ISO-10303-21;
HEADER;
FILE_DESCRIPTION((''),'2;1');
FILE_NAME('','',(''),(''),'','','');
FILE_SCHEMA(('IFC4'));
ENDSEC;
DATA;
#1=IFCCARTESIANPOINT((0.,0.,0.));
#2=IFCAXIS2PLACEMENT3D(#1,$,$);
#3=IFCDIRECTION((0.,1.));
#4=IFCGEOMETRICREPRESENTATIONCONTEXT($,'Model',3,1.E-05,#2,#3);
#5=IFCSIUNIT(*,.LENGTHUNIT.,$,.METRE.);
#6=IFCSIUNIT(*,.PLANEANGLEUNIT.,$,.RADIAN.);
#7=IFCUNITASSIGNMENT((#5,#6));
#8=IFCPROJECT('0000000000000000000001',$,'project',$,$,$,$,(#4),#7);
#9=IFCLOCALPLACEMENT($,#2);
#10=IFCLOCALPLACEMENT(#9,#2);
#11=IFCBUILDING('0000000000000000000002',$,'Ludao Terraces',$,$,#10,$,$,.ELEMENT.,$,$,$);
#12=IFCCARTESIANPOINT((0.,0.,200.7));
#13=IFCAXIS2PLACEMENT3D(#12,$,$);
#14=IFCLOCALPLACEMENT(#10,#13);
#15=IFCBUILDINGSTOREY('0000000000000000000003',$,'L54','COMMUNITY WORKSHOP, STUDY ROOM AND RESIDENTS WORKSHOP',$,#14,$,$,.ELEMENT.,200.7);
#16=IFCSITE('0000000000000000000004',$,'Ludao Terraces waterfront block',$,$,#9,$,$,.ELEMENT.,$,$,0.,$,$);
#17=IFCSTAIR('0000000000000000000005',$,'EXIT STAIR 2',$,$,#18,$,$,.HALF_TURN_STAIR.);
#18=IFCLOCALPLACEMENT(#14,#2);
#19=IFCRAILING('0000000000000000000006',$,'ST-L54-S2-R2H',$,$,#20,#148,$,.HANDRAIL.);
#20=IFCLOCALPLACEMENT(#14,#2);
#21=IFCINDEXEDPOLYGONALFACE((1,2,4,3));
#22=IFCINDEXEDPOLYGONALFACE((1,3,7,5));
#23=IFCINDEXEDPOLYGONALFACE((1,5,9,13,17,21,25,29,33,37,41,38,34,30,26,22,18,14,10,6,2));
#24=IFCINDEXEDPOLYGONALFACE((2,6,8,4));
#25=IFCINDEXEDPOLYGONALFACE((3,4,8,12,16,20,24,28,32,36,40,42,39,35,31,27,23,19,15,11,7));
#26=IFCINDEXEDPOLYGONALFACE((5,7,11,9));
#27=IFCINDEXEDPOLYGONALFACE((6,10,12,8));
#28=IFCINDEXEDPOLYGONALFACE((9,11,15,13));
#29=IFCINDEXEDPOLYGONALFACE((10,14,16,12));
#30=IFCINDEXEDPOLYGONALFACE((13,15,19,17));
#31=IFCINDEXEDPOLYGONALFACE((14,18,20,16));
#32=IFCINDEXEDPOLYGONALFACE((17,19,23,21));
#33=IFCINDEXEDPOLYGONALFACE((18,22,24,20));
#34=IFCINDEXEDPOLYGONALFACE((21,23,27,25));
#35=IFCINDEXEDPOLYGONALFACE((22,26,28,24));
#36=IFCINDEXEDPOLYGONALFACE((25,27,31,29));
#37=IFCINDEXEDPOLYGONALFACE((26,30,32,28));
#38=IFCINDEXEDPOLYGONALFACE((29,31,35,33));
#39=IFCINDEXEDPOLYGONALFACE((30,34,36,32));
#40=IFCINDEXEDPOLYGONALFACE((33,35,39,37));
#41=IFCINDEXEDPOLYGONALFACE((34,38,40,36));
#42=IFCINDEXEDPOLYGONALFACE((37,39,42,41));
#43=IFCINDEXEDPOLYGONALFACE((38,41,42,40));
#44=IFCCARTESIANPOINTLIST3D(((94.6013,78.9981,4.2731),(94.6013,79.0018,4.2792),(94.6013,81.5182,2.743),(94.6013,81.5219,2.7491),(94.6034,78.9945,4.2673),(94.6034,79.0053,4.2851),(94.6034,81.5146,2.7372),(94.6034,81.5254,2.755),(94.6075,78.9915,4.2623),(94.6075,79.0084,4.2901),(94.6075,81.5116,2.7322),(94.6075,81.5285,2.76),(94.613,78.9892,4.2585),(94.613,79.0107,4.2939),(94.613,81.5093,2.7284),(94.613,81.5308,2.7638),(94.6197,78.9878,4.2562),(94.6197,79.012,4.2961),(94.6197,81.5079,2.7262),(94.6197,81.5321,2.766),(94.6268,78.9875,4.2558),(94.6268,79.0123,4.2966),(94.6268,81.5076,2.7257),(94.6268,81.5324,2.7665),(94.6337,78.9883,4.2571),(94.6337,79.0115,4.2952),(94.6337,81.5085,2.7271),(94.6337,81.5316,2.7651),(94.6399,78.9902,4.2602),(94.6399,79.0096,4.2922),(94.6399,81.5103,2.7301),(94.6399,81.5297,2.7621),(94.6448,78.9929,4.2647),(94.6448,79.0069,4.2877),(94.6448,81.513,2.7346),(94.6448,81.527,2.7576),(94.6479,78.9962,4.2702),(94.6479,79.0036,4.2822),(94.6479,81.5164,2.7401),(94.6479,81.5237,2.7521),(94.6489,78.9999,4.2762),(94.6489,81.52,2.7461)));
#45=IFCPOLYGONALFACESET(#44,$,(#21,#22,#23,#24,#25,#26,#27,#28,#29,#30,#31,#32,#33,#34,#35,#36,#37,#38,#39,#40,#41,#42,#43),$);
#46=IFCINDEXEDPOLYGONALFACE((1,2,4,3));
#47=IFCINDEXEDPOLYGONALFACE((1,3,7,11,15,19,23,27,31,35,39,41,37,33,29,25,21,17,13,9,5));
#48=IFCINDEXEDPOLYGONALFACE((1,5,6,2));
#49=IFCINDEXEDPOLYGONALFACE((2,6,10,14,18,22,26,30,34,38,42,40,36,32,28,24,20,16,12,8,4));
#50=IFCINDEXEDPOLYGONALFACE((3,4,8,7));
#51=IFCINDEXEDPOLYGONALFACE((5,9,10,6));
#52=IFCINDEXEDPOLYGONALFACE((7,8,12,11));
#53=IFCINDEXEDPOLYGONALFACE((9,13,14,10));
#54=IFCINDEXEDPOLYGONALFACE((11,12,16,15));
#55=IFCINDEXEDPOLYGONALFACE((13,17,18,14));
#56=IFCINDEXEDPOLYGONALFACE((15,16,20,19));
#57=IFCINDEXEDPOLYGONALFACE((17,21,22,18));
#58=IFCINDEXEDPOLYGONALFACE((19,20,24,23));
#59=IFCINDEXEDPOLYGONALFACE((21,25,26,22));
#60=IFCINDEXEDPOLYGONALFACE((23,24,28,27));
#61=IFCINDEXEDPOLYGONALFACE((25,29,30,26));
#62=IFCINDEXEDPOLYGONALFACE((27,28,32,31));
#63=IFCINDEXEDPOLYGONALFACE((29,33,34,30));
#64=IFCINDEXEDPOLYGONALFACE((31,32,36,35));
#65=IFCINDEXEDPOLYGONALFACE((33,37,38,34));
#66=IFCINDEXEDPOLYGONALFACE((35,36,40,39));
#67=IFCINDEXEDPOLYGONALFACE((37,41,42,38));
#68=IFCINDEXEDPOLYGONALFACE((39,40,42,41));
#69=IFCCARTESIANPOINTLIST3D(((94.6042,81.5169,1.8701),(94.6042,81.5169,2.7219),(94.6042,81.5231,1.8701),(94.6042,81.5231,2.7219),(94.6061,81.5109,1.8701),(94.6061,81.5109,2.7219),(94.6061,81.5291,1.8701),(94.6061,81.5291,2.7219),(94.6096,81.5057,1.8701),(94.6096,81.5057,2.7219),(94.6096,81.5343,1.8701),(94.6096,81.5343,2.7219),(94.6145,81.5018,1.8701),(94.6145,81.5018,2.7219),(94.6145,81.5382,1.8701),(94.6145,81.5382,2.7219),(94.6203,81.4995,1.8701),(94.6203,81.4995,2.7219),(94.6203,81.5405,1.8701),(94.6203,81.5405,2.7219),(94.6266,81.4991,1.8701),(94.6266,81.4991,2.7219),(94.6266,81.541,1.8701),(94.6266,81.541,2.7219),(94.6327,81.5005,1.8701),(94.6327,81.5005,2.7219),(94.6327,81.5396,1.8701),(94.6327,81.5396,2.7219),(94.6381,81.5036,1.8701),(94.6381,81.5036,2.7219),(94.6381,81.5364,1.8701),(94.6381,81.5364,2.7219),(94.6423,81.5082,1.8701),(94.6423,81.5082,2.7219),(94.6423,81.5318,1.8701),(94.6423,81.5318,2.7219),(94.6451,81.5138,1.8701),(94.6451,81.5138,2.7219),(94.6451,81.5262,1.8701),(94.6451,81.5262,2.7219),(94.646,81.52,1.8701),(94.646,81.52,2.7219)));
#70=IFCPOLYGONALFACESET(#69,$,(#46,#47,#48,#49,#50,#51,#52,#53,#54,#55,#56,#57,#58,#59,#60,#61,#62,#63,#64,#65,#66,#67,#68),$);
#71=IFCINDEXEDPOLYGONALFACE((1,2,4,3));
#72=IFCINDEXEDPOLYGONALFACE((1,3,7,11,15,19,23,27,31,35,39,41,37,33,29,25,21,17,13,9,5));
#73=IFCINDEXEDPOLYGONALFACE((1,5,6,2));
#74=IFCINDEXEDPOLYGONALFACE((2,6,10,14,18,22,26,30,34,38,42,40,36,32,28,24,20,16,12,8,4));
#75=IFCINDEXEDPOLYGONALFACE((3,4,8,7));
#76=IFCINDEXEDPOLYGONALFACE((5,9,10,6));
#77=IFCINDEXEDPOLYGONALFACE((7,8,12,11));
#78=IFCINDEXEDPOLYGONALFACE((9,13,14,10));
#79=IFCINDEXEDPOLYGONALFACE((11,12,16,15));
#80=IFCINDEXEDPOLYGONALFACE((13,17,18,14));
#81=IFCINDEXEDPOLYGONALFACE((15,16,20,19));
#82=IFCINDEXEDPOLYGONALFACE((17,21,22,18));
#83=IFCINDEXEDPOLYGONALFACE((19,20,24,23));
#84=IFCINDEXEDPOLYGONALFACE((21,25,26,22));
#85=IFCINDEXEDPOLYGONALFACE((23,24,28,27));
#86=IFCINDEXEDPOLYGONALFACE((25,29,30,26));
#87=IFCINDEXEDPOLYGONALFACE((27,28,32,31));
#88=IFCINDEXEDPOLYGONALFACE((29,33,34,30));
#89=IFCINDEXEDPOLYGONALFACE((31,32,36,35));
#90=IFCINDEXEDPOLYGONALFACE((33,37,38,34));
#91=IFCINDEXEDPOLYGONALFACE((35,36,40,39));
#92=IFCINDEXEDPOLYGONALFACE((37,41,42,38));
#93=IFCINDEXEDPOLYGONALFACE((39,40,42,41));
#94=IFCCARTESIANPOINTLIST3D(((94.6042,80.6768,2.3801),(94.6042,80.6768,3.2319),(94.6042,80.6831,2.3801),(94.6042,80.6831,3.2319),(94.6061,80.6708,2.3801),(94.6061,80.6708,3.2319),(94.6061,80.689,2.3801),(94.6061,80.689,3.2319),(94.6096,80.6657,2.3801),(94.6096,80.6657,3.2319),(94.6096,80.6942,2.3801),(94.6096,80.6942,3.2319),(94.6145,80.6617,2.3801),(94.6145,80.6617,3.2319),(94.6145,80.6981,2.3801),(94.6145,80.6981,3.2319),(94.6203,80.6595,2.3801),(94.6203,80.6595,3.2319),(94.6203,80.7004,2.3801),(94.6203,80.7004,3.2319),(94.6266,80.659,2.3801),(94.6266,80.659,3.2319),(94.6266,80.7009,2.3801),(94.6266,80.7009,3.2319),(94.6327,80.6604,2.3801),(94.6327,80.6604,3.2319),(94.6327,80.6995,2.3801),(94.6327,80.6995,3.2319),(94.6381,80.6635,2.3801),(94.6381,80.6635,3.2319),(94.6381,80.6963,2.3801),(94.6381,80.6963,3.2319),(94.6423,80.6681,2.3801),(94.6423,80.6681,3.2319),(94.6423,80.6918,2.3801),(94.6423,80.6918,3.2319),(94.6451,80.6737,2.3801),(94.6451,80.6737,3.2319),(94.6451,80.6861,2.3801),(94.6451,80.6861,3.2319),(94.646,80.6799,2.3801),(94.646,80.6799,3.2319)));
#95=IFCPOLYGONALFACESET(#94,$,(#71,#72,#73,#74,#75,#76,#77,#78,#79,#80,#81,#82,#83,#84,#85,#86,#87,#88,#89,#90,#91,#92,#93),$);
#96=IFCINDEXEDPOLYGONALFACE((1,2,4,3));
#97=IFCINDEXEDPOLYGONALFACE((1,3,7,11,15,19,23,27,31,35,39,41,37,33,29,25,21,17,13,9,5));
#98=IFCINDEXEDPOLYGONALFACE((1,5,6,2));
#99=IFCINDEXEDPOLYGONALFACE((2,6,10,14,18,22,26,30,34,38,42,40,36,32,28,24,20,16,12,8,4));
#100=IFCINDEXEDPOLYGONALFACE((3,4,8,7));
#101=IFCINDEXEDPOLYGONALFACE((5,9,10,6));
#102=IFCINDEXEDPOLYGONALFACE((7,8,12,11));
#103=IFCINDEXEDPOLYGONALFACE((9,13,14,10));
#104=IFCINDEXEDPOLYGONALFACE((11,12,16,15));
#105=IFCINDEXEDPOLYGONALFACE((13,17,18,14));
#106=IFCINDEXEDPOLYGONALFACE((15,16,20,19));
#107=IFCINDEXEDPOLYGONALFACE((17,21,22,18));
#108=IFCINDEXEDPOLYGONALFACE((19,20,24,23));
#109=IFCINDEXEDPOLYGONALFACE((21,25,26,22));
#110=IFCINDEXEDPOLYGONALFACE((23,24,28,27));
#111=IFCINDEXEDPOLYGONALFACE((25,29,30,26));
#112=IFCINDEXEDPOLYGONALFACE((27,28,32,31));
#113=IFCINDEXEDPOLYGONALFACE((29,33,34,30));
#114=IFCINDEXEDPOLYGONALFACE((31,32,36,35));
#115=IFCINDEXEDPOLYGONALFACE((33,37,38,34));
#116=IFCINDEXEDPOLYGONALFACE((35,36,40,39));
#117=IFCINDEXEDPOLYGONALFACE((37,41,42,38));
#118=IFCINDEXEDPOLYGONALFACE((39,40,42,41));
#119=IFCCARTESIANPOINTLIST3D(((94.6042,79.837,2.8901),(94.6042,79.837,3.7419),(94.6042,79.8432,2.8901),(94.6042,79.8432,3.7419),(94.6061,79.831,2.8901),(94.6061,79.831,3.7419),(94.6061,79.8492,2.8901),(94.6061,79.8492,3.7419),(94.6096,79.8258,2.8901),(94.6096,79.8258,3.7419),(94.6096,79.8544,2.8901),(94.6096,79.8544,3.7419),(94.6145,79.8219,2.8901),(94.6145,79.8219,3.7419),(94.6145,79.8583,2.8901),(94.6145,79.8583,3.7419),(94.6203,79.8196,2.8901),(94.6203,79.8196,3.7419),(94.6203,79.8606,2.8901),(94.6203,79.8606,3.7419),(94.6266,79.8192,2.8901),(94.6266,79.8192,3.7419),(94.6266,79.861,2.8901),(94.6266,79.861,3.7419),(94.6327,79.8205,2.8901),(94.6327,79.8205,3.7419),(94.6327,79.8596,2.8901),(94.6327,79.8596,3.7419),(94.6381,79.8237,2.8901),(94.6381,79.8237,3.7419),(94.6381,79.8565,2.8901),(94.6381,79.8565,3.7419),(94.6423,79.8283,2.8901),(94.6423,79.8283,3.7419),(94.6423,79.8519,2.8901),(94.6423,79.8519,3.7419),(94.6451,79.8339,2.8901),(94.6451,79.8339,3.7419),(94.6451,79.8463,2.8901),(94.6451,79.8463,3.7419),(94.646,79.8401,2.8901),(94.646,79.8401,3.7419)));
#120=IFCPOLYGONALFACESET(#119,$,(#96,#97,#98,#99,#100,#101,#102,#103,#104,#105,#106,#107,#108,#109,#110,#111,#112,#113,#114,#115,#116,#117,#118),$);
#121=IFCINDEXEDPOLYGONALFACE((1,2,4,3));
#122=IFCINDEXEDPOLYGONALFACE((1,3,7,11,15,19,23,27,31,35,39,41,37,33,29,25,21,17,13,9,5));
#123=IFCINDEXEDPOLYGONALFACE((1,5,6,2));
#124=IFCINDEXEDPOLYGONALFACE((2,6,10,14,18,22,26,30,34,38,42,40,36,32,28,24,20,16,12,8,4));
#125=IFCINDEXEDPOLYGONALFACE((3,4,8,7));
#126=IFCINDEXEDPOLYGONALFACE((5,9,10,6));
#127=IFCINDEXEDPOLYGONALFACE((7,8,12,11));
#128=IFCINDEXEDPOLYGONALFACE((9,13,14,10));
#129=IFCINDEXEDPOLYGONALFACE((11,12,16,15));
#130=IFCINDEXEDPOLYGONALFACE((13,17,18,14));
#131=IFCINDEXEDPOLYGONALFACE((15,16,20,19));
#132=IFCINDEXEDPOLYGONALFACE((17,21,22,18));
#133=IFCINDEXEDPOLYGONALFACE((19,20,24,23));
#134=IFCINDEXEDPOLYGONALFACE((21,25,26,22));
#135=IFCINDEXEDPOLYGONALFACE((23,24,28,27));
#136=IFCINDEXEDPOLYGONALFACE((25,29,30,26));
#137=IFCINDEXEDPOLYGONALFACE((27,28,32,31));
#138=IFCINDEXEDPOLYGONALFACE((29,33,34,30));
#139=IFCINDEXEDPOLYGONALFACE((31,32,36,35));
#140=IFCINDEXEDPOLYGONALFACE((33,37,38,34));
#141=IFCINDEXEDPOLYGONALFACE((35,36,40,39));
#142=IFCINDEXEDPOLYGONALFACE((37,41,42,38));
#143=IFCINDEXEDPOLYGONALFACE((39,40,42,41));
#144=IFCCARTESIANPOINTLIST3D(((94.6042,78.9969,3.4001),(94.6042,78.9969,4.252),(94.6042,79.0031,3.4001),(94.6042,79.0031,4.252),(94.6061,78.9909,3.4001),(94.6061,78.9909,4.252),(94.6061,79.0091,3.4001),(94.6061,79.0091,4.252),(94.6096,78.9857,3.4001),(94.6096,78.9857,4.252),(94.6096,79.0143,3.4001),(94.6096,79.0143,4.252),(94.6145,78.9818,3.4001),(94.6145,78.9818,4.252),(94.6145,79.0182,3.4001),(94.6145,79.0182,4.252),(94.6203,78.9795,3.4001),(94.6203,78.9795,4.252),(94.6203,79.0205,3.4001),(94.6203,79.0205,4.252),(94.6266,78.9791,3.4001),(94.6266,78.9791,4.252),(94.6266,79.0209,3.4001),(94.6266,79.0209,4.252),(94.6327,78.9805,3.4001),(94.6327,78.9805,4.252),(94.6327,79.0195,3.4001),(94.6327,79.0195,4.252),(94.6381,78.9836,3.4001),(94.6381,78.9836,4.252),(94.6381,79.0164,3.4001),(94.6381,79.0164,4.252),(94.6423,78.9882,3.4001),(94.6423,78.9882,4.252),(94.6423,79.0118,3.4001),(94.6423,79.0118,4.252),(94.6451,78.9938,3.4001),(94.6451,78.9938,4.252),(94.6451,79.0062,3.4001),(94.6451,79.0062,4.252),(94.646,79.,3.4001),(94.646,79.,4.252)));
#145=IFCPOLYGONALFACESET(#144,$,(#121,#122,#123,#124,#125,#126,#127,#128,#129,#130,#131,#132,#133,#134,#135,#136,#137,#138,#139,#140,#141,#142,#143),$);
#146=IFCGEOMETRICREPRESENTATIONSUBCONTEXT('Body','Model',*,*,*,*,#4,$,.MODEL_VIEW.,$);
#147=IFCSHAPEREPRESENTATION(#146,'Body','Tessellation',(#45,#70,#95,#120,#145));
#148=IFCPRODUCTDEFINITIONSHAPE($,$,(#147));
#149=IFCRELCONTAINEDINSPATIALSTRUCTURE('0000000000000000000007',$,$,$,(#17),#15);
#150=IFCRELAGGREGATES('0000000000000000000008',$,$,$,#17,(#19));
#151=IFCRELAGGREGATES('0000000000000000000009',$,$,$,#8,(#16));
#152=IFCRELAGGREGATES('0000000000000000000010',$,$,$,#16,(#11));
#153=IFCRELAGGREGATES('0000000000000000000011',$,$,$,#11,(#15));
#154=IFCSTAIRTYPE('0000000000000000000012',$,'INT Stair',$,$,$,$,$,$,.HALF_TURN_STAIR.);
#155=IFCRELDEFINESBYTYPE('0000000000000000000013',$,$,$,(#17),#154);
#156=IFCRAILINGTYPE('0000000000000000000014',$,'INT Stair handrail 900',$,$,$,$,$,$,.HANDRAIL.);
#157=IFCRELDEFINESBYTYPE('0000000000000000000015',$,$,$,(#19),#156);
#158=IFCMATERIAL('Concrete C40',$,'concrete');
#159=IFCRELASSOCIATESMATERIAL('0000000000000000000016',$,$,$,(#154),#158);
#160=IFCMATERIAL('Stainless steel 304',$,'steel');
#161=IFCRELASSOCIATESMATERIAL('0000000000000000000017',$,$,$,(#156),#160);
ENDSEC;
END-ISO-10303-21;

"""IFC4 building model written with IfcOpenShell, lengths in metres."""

from ifc_helpers import new_model, si_unit, direction, frame, origin, origin_2d, place, context, subcontext, project, spatial, circle, extrude, material, type_object, element, aggregate, save


model = new_model("IFC4")

# Units and contexts
model_context = context("Model", 3, precision=1e-05, world=origin(), true_north=direction((0.0, 1.0)))
body_context = subcontext(model_context, "Body", "Model", "MODEL_VIEW")
ifc_project = project(units=[si_unit("LENGTHUNIT", "METRE"), si_unit("PLANEANGLEUNIT", "RADIAN")], contexts=[model_context])

# Site, building, storey
site_placement = place(None, origin())
site = spatial("IfcSite", under=ifc_project, at=site_placement, Name="Ludao Terraces waterfront block", CompositionType="ELEMENT", RefElevation=0.0)
building_placement = place(site_placement, origin())
building = spatial("IfcBuilding", under=site, at=building_placement, Name="Ludao Terraces", CompositionType="ELEMENT")
storey_placement = place(building_placement, frame((0.0, 0.0, 200.7)))
storey = spatial("IfcBuildingStorey", under=building, at=storey_placement, Name="L54", Description="COMMUNITY WORKSHOP, STUDY ROOM AND RESIDENTS WORKSHOP", CompositionType="ELEMENT", Elevation=200.7)

# Shared definitions
ifc_material_1 = material(Name="Stainless steel 304", Category="steel")

# Stair, railing
ifc_material_2 = material(Name="Concrete C40", Category="concrete")
stair_type = type_object("IfcStairType", Name="INT Stair", PredefinedType="HALF_TURN_STAIR", material=ifc_material_2)
stair_placement = place(storey_placement, origin())
stair = element("IfcStair", 1, at=stair_placement, inside=storey, type_object=stair_type, Name="EXIT STAIR 2", PredefinedType="HALF_TURN_STAIR")
railing_type_1 = type_object("IfcRailingType", Name="INT Stair handrail 900", PredefinedType="HANDRAIL", material=ifc_material_1)
railing_1_placement = place(storey_placement, frame((94.625, 81.52, 1.8701)))
railing_1 = element("IfcRailing", 2, at=railing_1_placement, type_object=railing_type_1, Name="ST-L54-S2-R2H", PredefinedType="HANDRAIL", context=body_context, shape_type="SweptSolid", body=[
    extrude(circle(Radius=0.0239, at=origin_2d()), frame((0.0, 0.0, 0.876), z_axis=(0.0, -0.854785, 0.518982), x_axis=(1.0, 0.0, 0.0)), (0.0, 0.0, 1.0), 2.9482),
    extrude(circle(Radius=0.021, at=origin_2d()), origin(), (0.0, 0.0, 1.0), 0.8518),
    extrude(circle(Radius=0.021, at=origin_2d()), frame((0.0, -0.8401, 0.51)), (0.0, 0.0, 1.0), 0.8518),
    extrude(circle(Radius=0.021, at=origin_2d()), frame((0.0, -1.6799, 1.02)), (0.0, 0.0, 1.0), 0.8518),
    extrude(circle(Radius=0.021, at=origin_2d()), frame((0.0, -2.52, 1.53)), (0.0, 0.0, 1.0), 0.8518),
])
aggregate(stair, [railing_1])

save(model, "model.ifc")
